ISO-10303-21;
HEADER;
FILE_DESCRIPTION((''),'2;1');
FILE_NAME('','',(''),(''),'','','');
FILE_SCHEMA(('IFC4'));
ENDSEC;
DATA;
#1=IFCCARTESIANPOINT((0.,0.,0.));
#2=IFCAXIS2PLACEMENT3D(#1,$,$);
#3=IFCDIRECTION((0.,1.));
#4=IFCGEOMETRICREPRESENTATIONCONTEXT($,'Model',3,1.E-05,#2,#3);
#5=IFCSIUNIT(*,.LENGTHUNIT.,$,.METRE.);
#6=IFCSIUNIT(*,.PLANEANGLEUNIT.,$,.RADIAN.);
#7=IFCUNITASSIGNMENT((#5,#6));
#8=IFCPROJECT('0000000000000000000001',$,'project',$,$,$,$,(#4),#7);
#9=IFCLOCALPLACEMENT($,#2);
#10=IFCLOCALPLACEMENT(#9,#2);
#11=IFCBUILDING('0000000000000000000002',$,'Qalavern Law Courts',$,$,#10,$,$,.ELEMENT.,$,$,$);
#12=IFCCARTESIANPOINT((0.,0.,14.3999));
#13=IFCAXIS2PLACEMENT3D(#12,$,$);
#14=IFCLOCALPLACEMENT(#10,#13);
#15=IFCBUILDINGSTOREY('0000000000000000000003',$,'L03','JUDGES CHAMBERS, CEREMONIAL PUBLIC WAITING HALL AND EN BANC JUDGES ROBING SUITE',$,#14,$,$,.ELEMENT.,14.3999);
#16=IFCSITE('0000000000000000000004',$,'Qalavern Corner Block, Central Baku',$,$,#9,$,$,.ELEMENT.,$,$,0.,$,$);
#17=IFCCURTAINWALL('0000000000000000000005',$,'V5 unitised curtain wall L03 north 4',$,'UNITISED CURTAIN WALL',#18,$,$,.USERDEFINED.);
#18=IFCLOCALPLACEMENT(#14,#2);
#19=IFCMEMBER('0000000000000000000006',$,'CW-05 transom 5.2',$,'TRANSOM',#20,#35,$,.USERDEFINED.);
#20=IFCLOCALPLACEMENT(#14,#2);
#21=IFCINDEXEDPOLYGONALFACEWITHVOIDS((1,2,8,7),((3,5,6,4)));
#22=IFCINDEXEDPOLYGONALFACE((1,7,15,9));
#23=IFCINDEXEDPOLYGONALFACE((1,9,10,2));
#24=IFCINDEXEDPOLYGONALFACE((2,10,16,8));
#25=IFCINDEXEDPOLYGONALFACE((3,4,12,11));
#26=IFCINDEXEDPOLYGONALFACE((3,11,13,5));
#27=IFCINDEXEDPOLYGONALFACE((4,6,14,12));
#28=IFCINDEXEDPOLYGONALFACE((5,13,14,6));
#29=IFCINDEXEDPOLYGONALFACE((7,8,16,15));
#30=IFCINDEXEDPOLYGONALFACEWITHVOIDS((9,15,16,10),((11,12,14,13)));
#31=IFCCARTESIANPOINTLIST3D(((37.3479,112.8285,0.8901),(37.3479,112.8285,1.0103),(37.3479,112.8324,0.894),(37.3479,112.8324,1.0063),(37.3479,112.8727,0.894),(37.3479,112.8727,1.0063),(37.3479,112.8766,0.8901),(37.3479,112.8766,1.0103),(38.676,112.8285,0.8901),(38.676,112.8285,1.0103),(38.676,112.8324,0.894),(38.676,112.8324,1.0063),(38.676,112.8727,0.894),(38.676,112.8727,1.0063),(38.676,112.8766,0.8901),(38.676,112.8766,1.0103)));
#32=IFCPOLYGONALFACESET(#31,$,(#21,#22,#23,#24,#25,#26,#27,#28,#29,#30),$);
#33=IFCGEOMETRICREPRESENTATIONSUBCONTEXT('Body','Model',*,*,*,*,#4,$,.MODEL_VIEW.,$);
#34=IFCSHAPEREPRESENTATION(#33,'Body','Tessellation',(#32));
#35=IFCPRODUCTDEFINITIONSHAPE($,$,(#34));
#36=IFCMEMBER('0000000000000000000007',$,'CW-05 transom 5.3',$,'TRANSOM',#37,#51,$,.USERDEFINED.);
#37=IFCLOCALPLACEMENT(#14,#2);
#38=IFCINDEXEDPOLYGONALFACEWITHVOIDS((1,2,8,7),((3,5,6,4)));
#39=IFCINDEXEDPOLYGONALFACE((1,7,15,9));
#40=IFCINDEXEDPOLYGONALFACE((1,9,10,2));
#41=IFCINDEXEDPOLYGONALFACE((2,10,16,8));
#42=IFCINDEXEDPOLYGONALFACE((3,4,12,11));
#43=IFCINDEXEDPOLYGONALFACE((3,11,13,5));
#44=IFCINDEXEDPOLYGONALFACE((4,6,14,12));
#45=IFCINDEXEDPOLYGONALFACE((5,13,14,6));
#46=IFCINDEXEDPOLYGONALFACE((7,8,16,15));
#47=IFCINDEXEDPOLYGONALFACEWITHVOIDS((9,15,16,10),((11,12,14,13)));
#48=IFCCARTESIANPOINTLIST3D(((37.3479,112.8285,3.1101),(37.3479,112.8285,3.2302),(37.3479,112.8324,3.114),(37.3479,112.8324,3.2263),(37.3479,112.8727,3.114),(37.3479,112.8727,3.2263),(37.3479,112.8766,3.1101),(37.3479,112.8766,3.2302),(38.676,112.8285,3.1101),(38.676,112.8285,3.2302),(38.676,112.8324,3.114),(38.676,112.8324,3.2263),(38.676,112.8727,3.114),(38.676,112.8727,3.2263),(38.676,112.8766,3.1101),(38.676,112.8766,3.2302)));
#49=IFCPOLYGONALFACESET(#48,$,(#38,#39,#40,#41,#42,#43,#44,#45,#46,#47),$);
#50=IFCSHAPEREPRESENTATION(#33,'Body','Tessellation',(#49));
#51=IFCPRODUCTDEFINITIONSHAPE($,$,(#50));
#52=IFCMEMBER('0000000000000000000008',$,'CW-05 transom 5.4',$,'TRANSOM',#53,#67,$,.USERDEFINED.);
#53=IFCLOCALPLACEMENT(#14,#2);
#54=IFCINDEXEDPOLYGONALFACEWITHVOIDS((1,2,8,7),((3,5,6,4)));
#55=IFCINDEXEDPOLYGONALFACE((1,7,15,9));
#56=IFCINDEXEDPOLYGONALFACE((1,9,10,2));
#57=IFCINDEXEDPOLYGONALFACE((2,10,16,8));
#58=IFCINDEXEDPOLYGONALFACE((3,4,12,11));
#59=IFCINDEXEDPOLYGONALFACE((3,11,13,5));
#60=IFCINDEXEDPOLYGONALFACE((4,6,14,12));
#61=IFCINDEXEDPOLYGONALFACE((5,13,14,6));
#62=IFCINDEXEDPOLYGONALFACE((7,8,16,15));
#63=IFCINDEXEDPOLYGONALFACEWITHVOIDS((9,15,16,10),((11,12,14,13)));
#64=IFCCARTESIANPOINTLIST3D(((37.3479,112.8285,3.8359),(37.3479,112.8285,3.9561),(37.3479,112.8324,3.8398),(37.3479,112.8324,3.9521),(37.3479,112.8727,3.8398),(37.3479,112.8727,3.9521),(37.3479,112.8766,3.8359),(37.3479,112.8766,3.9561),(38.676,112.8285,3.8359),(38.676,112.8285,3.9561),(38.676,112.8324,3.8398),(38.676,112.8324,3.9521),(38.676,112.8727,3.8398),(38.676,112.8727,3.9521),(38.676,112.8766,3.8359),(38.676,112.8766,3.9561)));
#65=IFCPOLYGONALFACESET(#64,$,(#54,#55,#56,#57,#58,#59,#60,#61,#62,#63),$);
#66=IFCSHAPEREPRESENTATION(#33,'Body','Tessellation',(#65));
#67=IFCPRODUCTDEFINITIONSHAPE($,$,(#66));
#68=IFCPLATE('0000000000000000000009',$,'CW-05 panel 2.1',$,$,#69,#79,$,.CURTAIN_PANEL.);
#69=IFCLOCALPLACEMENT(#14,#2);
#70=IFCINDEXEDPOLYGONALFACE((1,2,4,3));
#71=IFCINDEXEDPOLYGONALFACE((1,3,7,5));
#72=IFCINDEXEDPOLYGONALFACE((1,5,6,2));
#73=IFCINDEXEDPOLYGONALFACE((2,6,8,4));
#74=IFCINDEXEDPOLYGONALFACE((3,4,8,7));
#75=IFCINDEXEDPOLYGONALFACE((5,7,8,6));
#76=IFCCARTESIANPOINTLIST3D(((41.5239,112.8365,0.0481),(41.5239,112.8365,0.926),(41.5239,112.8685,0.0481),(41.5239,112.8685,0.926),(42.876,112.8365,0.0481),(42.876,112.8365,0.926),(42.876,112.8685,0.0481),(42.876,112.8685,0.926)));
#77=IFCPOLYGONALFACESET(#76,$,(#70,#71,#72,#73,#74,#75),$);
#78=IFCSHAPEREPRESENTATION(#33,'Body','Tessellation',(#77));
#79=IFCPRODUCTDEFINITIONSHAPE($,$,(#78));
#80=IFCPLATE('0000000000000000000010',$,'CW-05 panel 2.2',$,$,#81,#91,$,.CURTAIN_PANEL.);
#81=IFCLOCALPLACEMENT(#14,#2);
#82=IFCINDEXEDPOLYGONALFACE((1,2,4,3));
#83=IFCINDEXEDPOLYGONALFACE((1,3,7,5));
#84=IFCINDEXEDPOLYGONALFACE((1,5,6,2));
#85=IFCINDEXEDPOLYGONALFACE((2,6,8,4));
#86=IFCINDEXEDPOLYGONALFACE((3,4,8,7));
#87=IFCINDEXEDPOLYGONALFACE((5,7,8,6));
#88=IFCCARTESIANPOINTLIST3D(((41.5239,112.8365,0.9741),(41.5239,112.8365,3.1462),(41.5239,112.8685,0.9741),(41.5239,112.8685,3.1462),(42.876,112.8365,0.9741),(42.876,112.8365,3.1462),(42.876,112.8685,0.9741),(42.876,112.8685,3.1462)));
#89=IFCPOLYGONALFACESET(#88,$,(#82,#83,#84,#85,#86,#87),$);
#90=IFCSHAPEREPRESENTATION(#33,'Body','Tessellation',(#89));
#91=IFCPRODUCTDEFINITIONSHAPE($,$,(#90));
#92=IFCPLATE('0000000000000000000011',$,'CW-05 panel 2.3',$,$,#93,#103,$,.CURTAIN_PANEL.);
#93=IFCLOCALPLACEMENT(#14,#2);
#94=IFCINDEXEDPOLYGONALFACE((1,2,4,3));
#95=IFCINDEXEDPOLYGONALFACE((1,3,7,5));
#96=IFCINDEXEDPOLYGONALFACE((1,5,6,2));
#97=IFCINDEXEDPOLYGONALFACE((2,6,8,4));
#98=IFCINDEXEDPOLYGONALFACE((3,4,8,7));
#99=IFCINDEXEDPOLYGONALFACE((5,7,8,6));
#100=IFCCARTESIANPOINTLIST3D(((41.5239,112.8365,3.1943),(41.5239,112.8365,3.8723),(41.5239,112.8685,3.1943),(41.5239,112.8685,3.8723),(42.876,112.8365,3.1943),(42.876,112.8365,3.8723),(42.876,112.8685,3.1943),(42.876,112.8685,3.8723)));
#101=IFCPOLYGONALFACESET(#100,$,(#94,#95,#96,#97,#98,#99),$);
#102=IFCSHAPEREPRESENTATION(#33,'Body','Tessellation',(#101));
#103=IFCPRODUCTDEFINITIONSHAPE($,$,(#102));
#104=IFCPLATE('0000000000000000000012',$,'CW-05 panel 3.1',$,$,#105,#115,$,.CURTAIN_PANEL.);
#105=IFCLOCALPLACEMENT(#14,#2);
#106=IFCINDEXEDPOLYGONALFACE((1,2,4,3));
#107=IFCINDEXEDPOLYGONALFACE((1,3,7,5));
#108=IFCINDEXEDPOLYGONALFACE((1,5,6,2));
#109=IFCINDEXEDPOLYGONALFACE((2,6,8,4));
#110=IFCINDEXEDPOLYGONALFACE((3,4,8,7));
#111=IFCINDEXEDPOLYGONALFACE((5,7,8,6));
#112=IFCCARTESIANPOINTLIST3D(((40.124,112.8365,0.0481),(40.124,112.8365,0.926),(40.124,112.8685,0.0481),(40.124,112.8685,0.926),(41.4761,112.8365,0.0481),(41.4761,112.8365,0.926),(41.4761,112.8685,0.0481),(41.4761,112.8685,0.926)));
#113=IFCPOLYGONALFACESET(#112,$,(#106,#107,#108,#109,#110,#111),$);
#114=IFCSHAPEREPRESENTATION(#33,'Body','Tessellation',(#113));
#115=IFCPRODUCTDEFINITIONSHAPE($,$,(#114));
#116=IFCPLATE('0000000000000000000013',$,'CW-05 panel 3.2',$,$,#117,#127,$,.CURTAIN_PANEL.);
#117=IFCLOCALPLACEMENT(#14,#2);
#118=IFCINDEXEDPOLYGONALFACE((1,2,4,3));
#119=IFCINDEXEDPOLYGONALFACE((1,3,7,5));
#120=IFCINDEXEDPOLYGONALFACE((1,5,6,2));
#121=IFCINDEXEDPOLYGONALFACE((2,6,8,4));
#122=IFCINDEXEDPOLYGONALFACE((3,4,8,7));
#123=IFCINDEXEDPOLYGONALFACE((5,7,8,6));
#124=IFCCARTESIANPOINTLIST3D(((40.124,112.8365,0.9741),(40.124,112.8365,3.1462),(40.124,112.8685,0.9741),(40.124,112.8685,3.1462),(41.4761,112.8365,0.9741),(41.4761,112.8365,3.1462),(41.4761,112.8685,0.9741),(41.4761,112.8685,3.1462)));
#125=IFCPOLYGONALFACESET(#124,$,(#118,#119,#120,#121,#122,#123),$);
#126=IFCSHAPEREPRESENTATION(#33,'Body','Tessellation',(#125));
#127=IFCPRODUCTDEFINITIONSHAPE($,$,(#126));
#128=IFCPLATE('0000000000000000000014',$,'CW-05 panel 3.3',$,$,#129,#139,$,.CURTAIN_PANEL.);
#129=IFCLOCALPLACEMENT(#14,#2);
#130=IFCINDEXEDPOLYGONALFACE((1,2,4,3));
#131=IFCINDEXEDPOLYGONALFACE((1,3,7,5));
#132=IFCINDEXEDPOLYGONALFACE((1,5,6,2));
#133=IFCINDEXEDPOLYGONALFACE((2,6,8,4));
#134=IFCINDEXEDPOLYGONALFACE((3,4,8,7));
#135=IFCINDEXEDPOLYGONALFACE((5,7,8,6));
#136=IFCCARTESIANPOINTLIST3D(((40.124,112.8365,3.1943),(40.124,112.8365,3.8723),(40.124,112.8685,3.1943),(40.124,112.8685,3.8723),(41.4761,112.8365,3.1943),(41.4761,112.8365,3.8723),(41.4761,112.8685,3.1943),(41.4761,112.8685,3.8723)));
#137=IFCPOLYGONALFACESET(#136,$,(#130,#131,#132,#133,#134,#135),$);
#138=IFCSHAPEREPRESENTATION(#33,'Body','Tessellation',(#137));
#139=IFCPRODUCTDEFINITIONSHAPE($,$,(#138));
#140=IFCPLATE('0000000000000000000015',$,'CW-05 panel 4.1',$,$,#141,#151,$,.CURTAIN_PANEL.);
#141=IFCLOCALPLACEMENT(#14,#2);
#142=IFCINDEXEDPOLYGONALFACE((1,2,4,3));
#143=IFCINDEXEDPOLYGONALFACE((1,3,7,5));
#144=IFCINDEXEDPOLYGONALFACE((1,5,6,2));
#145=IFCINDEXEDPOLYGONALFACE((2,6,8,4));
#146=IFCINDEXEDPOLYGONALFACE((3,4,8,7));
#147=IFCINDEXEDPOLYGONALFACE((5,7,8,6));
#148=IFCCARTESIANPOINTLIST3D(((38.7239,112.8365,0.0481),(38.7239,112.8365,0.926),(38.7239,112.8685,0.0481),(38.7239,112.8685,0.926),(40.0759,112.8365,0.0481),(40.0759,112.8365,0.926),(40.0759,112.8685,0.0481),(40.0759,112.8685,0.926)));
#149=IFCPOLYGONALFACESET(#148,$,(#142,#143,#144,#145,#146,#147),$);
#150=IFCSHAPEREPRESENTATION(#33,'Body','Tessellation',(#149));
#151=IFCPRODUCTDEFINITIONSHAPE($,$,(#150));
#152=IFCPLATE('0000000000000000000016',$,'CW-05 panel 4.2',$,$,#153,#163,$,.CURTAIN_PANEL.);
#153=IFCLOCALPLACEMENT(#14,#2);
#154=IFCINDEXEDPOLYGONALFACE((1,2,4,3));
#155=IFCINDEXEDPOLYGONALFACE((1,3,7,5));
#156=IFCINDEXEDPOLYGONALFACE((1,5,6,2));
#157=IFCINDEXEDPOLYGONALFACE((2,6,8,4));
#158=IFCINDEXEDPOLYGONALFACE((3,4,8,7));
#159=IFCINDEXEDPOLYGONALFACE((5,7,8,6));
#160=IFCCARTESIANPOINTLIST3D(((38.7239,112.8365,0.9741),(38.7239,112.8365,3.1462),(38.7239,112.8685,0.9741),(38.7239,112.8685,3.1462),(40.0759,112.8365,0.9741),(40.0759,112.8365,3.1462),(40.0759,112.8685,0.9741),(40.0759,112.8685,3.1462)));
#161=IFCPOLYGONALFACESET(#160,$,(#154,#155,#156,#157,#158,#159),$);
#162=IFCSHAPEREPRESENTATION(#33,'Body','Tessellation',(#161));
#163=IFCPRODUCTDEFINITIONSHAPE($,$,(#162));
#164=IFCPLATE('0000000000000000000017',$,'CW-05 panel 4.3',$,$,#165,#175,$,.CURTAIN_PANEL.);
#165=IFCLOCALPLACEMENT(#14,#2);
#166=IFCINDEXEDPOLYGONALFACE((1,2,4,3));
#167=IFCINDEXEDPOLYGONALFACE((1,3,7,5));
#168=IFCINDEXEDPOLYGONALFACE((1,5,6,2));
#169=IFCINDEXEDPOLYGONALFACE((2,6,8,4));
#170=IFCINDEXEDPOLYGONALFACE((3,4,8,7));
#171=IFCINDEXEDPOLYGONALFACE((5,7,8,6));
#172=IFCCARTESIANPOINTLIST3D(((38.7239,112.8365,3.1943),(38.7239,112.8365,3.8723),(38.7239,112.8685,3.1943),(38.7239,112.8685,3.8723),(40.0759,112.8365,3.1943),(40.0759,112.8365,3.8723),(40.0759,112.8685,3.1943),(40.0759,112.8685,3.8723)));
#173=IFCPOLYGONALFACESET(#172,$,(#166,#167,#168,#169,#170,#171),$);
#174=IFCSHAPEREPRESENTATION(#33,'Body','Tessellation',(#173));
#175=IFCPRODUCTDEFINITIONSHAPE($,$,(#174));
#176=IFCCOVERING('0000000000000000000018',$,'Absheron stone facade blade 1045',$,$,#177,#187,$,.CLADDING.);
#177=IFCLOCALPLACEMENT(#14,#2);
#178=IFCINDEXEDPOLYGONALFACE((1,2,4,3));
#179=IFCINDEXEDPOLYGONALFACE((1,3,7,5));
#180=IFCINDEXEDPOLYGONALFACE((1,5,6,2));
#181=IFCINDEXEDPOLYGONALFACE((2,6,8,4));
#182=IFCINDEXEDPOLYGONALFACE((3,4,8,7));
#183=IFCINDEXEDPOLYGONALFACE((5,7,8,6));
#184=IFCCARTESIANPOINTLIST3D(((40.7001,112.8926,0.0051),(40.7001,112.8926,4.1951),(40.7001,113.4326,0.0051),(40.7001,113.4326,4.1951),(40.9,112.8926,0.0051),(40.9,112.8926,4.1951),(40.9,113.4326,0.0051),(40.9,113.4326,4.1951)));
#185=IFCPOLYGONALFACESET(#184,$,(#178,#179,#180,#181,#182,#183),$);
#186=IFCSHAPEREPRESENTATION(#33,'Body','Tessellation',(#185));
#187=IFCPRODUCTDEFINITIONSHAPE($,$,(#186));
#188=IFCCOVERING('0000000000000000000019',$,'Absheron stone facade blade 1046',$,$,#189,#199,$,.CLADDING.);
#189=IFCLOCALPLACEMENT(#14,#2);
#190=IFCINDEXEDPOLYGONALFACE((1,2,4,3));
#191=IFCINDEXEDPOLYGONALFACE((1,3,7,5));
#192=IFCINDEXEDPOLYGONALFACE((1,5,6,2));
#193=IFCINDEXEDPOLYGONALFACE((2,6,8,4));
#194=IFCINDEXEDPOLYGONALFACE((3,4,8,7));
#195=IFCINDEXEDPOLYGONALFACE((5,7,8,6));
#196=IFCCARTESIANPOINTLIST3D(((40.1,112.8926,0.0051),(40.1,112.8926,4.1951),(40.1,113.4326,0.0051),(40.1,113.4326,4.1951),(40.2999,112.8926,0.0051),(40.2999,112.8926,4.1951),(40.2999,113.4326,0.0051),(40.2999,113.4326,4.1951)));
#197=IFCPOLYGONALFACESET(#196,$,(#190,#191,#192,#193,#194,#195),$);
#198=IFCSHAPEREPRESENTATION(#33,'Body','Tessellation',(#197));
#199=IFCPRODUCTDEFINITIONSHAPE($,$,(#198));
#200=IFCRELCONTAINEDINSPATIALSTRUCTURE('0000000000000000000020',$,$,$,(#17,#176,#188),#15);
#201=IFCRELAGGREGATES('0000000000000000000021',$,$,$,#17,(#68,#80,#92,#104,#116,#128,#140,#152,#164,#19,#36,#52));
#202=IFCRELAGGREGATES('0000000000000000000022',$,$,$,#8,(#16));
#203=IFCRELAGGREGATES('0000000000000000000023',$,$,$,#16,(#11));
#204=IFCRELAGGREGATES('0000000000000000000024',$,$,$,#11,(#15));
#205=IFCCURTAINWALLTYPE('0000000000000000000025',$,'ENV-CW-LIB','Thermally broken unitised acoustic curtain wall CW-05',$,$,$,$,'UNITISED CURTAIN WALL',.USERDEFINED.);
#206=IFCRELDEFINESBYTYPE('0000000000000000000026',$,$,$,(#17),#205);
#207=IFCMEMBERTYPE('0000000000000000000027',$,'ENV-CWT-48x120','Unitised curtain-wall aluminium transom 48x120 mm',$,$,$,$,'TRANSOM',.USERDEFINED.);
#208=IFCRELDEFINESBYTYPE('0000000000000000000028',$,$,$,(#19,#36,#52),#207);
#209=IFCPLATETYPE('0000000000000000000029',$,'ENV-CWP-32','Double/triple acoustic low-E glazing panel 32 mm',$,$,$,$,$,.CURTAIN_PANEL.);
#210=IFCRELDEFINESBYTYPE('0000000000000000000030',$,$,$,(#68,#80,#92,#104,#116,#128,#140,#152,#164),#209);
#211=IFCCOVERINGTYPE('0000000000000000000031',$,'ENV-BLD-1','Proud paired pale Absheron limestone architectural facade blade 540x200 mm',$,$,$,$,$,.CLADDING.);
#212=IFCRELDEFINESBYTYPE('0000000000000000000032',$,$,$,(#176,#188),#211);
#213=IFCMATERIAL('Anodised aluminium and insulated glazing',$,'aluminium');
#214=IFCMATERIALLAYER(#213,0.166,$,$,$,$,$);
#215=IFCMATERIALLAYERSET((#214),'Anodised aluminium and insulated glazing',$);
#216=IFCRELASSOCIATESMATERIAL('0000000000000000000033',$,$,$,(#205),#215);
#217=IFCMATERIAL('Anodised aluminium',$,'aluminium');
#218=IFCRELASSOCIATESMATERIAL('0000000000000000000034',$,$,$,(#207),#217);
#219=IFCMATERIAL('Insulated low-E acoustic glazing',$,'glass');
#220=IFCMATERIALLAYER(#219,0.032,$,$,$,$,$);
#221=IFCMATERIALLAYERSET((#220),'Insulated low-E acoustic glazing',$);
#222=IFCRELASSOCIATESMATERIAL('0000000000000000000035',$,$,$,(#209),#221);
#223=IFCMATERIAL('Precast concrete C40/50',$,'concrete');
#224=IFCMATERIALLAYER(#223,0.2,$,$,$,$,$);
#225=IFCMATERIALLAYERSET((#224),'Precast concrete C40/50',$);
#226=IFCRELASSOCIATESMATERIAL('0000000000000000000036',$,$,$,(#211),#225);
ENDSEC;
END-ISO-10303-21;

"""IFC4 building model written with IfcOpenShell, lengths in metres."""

from ifc_helpers import new_model, si_unit, direction, frame, origin, origin_2d, place, context, subcontext, project, spatial, rectangle, hollow_rectangle, extrude, material, layer, layer_set, material_profile, profile_set, type_object, element, aggregate, save


model = new_model("IFC4")

# Units and contexts
model_context = context("Model", 3, precision=1e-05, world=origin(), true_north=direction((0.0, 1.0)))
body_context = subcontext(model_context, "Body", "Model", "MODEL_VIEW")
ifc_project = project(units=[si_unit("LENGTHUNIT", "METRE"), si_unit("PLANEANGLEUNIT", "RADIAN")], contexts=[model_context])

# Site, building, storey
site_placement = place(None, origin())
site = spatial("IfcSite", under=ifc_project, at=site_placement, Name="Qalavern Corner Block, Central Baku", CompositionType="ELEMENT", RefElevation=0.0)
building_placement = place(site_placement, origin())
building = spatial("IfcBuilding", under=site, at=building_placement, Name="Qalavern Law Courts", CompositionType="ELEMENT")
storey_placement = place(building_placement, frame((0.0, 0.0, 14.3999)))
storey = spatial("IfcBuildingStorey", under=building, at=storey_placement, Name="L03", Description="JUDGES CHAMBERS, CEREMONIAL PUBLIC WAITING HALL AND EN BANC JUDGES ROBING SUITE", CompositionType="ELEMENT", Elevation=14.3999)

# Curtain wall, members, plates
ifc_material_1 = material(Name="Anodised aluminium and insulated glazing", Category="aluminium")
ifc_layer_1 = layer(ifc_material_1, 0.166)
ifc_layer_set_1 = layer_set([ifc_layer_1], Name="Anodised aluminium and insulated glazing")
curtain_wall_type = type_object("IfcCurtainWallType", Name="ENV-CW-LIB", Description="Thermally broken unitised acoustic curtain wall CW-05", ElementType="UNITISED CURTAIN WALL", PredefinedType="USERDEFINED", material=ifc_layer_set_1)
curtain_wall_placement = place(storey_placement, origin())
curtain_wall = element("IfcCurtainWall", 1, at=curtain_wall_placement, inside=storey, type_object=curtain_wall_type, Name="V5 unitised curtain wall L03 north 4", ObjectType="UNITISED CURTAIN WALL", PredefinedType="USERDEFINED")
ifc_material_2 = material(Name="Anodised aluminium", Category="aluminium")
ifc_material_profile_1 = material_profile(ifc_material_2, hollow_rectangle(XDim=0.0481, YDim=0.1201, WallThickness=0.0039, at=origin_2d()), Name="ALU TRANSOM 48x120")
ifc_profile_set_1 = profile_set([ifc_material_profile_1], Name="Anodised aluminium")
member_type_1 = type_object("IfcMemberType", Name="ENV-CWT-48x120", Description="Unitised curtain-wall aluminium transom 48x120 mm", ElementType="TRANSOM", PredefinedType="USERDEFINED", material=ifc_profile_set_1)
member_1_placement = place(storey_placement, frame((38.676, 112.8525, 0.9502), z_axis=(-1.0, 0.0, 0.0), x_axis=(0.0, -1.0, 0.0)))
member_1 = element("IfcMember", 2, at=member_1_placement, type_object=member_type_1, Name="CW-05 transom 5.2", ObjectType="TRANSOM", PredefinedType="USERDEFINED", context=body_context, shape_type="SweptSolid", body=[
    extrude(hollow_rectangle(XDim=0.0481, YDim=0.1201, WallThickness=0.0039, at=origin_2d()), origin(), (0.0, 0.0, 1.0), 1.3281),
])
member_2_placement = place(storey_placement, frame((38.676, 112.8525, 3.1702), z_axis=(-1.0, 0.0, 0.0), x_axis=(0.0, -1.0, 0.0)))
member_2 = element("IfcMember", 3, at=member_2_placement, type_object=member_type_1, Name="CW-05 transom 5.3", ObjectType="TRANSOM", PredefinedType="USERDEFINED", context=body_context, shape_type="SweptSolid", body=[
    extrude(hollow_rectangle(XDim=0.0481, YDim=0.1201, WallThickness=0.0039, at=origin_2d()), origin(), (0.0, 0.0, 1.0), 1.3281),
])
member_3_placement = place(storey_placement, frame((38.676, 112.8525, 3.896), z_axis=(-1.0, 0.0, 0.0), x_axis=(0.0, -1.0, 0.0)))
member_3 = element("IfcMember", 4, at=member_3_placement, type_object=member_type_1, Name="CW-05 transom 5.4", ObjectType="TRANSOM", PredefinedType="USERDEFINED", context=body_context, shape_type="SweptSolid", body=[
    extrude(hollow_rectangle(XDim=0.0481, YDim=0.1201, WallThickness=0.0039, at=origin_2d()), origin(), (0.0, 0.0, 1.0), 1.3281),
])
ifc_material_3 = material(Name="Insulated low-E acoustic glazing", Category="glass")
ifc_layer_2 = layer(ifc_material_3, 0.032)
ifc_layer_set_2 = layer_set([ifc_layer_2], Name="Insulated low-E acoustic glazing")
plate_type = type_object("IfcPlateType", Name="ENV-CWP-32", Description="Double/triple acoustic low-E glazing panel 32 mm", PredefinedType="CURTAIN_PANEL", material=ifc_layer_set_2)
plate_1_placement = place(storey_placement, frame((42.2, 112.8525, 0.0481), z_axis=(0.0, 0.0, 1.0), x_axis=(-1.0, 0.0, 0.0)))
plate_1 = element("IfcPlate", 5, at=plate_1_placement, type_object=plate_type, Name="CW-05 panel 2.1", PredefinedType="CURTAIN_PANEL", context=body_context, shape_type="SweptSolid", body=[
    extrude(rectangle(XDim=1.3521, YDim=0.032, at=origin_2d()), origin(), (0.0, 0.0, 1.0), 0.8779),
])
plate_2_placement = place(storey_placement, frame((42.2, 112.8525, 0.9741), z_axis=(0.0, 0.0, 1.0), x_axis=(-1.0, 0.0, 0.0)))
plate_2 = element("IfcPlate", 6, at=plate_2_placement, type_object=plate_type, Name="CW-05 panel 2.2", PredefinedType="CURTAIN_PANEL", context=body_context, shape_type="SweptSolid", body=[
    extrude(rectangle(XDim=1.3521, YDim=0.032, at=origin_2d()), origin(), (0.0, 0.0, 1.0), 2.1721),
])
plate_3_placement = place(storey_placement, frame((42.2, 112.8525, 3.1943), z_axis=(0.0, 0.0, 1.0), x_axis=(-1.0, 0.0, 0.0)))
plate_3 = element("IfcPlate", 7, at=plate_3_placement, type_object=plate_type, Name="CW-05 panel 2.3", PredefinedType="CURTAIN_PANEL", context=body_context, shape_type="SweptSolid", body=[
    extrude(rectangle(XDim=1.3521, YDim=0.032, at=origin_2d()), origin(), (0.0, 0.0, 1.0), 0.678),
])
plate_4_placement = place(storey_placement, frame((40.8, 112.8525, 0.0481), z_axis=(0.0, 0.0, 1.0), x_axis=(-1.0, 0.0, 0.0)))
plate_4 = element("IfcPlate", 8, at=plate_4_placement, type_object=plate_type, Name="CW-05 panel 3.1", PredefinedType="CURTAIN_PANEL", context=body_context, shape_type="SweptSolid", body=[
    extrude(rectangle(XDim=1.3521, YDim=0.032, at=origin_2d()), origin(), (0.0, 0.0, 1.0), 0.8779),
])
plate_5_placement = place(storey_placement, frame((40.8, 112.8525, 0.9741), z_axis=(0.0, 0.0, 1.0), x_axis=(-1.0, 0.0, 0.0)))
plate_5 = element("IfcPlate", 9, at=plate_5_placement, type_object=plate_type, Name="CW-05 panel 3.2", PredefinedType="CURTAIN_PANEL", context=body_context, shape_type="SweptSolid", body=[
    extrude(rectangle(XDim=1.3521, YDim=0.032, at=origin_2d()), origin(), (0.0, 0.0, 1.0), 2.1721),
])
plate_6_placement = place(storey_placement, frame((40.8, 112.8525, 3.1943), z_axis=(0.0, 0.0, 1.0), x_axis=(-1.0, 0.0, 0.0)))
plate_6 = element("IfcPlate", 10, at=plate_6_placement, type_object=plate_type, Name="CW-05 panel 3.3", PredefinedType="CURTAIN_PANEL", context=body_context, shape_type="SweptSolid", body=[
    extrude(rectangle(XDim=1.3521, YDim=0.032, at=origin_2d()), origin(), (0.0, 0.0, 1.0), 0.678),
])
plate_7_placement = place(storey_placement, frame((39.3999, 112.8525, 0.0481), z_axis=(0.0, 0.0, 1.0), x_axis=(-1.0, 0.0, 0.0)))
plate_7 = element("IfcPlate", 11, at=plate_7_placement, type_object=plate_type, Name="CW-05 panel 4.1", PredefinedType="CURTAIN_PANEL", context=body_context, shape_type="SweptSolid", body=[
    extrude(rectangle(XDim=1.3521, YDim=0.032, at=origin_2d()), origin(), (0.0, 0.0, 1.0), 0.8779),
])
plate_8_placement = place(storey_placement, frame((39.3999, 112.8525, 0.9741), z_axis=(0.0, 0.0, 1.0), x_axis=(-1.0, 0.0, 0.0)))
plate_8 = element("IfcPlate", 12, at=plate_8_placement, type_object=plate_type, Name="CW-05 panel 4.2", PredefinedType="CURTAIN_PANEL", context=body_context, shape_type="SweptSolid", body=[
    extrude(rectangle(XDim=1.3521, YDim=0.032, at=origin_2d()), origin(), (0.0, 0.0, 1.0), 2.1721),
])
plate_9_placement = place(storey_placement, frame((39.3999, 112.8525, 3.1943), z_axis=(0.0, 0.0, 1.0), x_axis=(-1.0, 0.0, 0.0)))
plate_9 = element("IfcPlate", 13, at=plate_9_placement, type_object=plate_type, Name="CW-05 panel 4.3", PredefinedType="CURTAIN_PANEL", context=body_context, shape_type="SweptSolid", body=[
    extrude(rectangle(XDim=1.3521, YDim=0.032, at=origin_2d()), origin(), (0.0, 0.0, 1.0), 0.678),
])
aggregate(curtain_wall, [plate_1, plate_2, plate_3, plate_4, plate_5, plate_6, plate_7, plate_8, plate_9, member_1, member_2, member_3])

# Coverings
ifc_material_4 = material(Name="Precast concrete C40/50", Category="concrete")
ifc_layer_3 = layer(ifc_material_4, 0.2)
ifc_layer_set_3 = layer_set([ifc_layer_3], Name="Precast concrete C40/50")
covering_type_1 = type_object("IfcCoveringType", Name="ENV-BLD-1", Description="Proud paired pale Absheron limestone architectural facade blade 540x200 mm", PredefinedType="CLADDING", material=ifc_layer_set_3)
for number, where, z_axis, x_axis, name in (
    (14, (40.8, 113.1626, 0.0051), (0.0, 0.0, 1.0), (0.0, 1.0, 0.0), "Absheron stone facade blade 1045"),
    (15, (40.2, 113.1626, 0.0051), (0.0, 0.0, 1.0), (0.0, 1.0, 0.0), "Absheron stone facade blade 1046"),
):
    element("IfcCovering", number, at=place(storey_placement, frame(where, z_axis=z_axis, x_axis=x_axis)), inside=storey, type_object=covering_type_1, Name=name, PredefinedType="CLADDING", context=body_context, shape_type="SweptSolid", body=[
        extrude(rectangle(XDim=0.54, YDim=0.2, at=origin_2d()), origin(), (0.0, 0.0, 1.0), 4.1899),
    ])

save(model, "model.ifc")
